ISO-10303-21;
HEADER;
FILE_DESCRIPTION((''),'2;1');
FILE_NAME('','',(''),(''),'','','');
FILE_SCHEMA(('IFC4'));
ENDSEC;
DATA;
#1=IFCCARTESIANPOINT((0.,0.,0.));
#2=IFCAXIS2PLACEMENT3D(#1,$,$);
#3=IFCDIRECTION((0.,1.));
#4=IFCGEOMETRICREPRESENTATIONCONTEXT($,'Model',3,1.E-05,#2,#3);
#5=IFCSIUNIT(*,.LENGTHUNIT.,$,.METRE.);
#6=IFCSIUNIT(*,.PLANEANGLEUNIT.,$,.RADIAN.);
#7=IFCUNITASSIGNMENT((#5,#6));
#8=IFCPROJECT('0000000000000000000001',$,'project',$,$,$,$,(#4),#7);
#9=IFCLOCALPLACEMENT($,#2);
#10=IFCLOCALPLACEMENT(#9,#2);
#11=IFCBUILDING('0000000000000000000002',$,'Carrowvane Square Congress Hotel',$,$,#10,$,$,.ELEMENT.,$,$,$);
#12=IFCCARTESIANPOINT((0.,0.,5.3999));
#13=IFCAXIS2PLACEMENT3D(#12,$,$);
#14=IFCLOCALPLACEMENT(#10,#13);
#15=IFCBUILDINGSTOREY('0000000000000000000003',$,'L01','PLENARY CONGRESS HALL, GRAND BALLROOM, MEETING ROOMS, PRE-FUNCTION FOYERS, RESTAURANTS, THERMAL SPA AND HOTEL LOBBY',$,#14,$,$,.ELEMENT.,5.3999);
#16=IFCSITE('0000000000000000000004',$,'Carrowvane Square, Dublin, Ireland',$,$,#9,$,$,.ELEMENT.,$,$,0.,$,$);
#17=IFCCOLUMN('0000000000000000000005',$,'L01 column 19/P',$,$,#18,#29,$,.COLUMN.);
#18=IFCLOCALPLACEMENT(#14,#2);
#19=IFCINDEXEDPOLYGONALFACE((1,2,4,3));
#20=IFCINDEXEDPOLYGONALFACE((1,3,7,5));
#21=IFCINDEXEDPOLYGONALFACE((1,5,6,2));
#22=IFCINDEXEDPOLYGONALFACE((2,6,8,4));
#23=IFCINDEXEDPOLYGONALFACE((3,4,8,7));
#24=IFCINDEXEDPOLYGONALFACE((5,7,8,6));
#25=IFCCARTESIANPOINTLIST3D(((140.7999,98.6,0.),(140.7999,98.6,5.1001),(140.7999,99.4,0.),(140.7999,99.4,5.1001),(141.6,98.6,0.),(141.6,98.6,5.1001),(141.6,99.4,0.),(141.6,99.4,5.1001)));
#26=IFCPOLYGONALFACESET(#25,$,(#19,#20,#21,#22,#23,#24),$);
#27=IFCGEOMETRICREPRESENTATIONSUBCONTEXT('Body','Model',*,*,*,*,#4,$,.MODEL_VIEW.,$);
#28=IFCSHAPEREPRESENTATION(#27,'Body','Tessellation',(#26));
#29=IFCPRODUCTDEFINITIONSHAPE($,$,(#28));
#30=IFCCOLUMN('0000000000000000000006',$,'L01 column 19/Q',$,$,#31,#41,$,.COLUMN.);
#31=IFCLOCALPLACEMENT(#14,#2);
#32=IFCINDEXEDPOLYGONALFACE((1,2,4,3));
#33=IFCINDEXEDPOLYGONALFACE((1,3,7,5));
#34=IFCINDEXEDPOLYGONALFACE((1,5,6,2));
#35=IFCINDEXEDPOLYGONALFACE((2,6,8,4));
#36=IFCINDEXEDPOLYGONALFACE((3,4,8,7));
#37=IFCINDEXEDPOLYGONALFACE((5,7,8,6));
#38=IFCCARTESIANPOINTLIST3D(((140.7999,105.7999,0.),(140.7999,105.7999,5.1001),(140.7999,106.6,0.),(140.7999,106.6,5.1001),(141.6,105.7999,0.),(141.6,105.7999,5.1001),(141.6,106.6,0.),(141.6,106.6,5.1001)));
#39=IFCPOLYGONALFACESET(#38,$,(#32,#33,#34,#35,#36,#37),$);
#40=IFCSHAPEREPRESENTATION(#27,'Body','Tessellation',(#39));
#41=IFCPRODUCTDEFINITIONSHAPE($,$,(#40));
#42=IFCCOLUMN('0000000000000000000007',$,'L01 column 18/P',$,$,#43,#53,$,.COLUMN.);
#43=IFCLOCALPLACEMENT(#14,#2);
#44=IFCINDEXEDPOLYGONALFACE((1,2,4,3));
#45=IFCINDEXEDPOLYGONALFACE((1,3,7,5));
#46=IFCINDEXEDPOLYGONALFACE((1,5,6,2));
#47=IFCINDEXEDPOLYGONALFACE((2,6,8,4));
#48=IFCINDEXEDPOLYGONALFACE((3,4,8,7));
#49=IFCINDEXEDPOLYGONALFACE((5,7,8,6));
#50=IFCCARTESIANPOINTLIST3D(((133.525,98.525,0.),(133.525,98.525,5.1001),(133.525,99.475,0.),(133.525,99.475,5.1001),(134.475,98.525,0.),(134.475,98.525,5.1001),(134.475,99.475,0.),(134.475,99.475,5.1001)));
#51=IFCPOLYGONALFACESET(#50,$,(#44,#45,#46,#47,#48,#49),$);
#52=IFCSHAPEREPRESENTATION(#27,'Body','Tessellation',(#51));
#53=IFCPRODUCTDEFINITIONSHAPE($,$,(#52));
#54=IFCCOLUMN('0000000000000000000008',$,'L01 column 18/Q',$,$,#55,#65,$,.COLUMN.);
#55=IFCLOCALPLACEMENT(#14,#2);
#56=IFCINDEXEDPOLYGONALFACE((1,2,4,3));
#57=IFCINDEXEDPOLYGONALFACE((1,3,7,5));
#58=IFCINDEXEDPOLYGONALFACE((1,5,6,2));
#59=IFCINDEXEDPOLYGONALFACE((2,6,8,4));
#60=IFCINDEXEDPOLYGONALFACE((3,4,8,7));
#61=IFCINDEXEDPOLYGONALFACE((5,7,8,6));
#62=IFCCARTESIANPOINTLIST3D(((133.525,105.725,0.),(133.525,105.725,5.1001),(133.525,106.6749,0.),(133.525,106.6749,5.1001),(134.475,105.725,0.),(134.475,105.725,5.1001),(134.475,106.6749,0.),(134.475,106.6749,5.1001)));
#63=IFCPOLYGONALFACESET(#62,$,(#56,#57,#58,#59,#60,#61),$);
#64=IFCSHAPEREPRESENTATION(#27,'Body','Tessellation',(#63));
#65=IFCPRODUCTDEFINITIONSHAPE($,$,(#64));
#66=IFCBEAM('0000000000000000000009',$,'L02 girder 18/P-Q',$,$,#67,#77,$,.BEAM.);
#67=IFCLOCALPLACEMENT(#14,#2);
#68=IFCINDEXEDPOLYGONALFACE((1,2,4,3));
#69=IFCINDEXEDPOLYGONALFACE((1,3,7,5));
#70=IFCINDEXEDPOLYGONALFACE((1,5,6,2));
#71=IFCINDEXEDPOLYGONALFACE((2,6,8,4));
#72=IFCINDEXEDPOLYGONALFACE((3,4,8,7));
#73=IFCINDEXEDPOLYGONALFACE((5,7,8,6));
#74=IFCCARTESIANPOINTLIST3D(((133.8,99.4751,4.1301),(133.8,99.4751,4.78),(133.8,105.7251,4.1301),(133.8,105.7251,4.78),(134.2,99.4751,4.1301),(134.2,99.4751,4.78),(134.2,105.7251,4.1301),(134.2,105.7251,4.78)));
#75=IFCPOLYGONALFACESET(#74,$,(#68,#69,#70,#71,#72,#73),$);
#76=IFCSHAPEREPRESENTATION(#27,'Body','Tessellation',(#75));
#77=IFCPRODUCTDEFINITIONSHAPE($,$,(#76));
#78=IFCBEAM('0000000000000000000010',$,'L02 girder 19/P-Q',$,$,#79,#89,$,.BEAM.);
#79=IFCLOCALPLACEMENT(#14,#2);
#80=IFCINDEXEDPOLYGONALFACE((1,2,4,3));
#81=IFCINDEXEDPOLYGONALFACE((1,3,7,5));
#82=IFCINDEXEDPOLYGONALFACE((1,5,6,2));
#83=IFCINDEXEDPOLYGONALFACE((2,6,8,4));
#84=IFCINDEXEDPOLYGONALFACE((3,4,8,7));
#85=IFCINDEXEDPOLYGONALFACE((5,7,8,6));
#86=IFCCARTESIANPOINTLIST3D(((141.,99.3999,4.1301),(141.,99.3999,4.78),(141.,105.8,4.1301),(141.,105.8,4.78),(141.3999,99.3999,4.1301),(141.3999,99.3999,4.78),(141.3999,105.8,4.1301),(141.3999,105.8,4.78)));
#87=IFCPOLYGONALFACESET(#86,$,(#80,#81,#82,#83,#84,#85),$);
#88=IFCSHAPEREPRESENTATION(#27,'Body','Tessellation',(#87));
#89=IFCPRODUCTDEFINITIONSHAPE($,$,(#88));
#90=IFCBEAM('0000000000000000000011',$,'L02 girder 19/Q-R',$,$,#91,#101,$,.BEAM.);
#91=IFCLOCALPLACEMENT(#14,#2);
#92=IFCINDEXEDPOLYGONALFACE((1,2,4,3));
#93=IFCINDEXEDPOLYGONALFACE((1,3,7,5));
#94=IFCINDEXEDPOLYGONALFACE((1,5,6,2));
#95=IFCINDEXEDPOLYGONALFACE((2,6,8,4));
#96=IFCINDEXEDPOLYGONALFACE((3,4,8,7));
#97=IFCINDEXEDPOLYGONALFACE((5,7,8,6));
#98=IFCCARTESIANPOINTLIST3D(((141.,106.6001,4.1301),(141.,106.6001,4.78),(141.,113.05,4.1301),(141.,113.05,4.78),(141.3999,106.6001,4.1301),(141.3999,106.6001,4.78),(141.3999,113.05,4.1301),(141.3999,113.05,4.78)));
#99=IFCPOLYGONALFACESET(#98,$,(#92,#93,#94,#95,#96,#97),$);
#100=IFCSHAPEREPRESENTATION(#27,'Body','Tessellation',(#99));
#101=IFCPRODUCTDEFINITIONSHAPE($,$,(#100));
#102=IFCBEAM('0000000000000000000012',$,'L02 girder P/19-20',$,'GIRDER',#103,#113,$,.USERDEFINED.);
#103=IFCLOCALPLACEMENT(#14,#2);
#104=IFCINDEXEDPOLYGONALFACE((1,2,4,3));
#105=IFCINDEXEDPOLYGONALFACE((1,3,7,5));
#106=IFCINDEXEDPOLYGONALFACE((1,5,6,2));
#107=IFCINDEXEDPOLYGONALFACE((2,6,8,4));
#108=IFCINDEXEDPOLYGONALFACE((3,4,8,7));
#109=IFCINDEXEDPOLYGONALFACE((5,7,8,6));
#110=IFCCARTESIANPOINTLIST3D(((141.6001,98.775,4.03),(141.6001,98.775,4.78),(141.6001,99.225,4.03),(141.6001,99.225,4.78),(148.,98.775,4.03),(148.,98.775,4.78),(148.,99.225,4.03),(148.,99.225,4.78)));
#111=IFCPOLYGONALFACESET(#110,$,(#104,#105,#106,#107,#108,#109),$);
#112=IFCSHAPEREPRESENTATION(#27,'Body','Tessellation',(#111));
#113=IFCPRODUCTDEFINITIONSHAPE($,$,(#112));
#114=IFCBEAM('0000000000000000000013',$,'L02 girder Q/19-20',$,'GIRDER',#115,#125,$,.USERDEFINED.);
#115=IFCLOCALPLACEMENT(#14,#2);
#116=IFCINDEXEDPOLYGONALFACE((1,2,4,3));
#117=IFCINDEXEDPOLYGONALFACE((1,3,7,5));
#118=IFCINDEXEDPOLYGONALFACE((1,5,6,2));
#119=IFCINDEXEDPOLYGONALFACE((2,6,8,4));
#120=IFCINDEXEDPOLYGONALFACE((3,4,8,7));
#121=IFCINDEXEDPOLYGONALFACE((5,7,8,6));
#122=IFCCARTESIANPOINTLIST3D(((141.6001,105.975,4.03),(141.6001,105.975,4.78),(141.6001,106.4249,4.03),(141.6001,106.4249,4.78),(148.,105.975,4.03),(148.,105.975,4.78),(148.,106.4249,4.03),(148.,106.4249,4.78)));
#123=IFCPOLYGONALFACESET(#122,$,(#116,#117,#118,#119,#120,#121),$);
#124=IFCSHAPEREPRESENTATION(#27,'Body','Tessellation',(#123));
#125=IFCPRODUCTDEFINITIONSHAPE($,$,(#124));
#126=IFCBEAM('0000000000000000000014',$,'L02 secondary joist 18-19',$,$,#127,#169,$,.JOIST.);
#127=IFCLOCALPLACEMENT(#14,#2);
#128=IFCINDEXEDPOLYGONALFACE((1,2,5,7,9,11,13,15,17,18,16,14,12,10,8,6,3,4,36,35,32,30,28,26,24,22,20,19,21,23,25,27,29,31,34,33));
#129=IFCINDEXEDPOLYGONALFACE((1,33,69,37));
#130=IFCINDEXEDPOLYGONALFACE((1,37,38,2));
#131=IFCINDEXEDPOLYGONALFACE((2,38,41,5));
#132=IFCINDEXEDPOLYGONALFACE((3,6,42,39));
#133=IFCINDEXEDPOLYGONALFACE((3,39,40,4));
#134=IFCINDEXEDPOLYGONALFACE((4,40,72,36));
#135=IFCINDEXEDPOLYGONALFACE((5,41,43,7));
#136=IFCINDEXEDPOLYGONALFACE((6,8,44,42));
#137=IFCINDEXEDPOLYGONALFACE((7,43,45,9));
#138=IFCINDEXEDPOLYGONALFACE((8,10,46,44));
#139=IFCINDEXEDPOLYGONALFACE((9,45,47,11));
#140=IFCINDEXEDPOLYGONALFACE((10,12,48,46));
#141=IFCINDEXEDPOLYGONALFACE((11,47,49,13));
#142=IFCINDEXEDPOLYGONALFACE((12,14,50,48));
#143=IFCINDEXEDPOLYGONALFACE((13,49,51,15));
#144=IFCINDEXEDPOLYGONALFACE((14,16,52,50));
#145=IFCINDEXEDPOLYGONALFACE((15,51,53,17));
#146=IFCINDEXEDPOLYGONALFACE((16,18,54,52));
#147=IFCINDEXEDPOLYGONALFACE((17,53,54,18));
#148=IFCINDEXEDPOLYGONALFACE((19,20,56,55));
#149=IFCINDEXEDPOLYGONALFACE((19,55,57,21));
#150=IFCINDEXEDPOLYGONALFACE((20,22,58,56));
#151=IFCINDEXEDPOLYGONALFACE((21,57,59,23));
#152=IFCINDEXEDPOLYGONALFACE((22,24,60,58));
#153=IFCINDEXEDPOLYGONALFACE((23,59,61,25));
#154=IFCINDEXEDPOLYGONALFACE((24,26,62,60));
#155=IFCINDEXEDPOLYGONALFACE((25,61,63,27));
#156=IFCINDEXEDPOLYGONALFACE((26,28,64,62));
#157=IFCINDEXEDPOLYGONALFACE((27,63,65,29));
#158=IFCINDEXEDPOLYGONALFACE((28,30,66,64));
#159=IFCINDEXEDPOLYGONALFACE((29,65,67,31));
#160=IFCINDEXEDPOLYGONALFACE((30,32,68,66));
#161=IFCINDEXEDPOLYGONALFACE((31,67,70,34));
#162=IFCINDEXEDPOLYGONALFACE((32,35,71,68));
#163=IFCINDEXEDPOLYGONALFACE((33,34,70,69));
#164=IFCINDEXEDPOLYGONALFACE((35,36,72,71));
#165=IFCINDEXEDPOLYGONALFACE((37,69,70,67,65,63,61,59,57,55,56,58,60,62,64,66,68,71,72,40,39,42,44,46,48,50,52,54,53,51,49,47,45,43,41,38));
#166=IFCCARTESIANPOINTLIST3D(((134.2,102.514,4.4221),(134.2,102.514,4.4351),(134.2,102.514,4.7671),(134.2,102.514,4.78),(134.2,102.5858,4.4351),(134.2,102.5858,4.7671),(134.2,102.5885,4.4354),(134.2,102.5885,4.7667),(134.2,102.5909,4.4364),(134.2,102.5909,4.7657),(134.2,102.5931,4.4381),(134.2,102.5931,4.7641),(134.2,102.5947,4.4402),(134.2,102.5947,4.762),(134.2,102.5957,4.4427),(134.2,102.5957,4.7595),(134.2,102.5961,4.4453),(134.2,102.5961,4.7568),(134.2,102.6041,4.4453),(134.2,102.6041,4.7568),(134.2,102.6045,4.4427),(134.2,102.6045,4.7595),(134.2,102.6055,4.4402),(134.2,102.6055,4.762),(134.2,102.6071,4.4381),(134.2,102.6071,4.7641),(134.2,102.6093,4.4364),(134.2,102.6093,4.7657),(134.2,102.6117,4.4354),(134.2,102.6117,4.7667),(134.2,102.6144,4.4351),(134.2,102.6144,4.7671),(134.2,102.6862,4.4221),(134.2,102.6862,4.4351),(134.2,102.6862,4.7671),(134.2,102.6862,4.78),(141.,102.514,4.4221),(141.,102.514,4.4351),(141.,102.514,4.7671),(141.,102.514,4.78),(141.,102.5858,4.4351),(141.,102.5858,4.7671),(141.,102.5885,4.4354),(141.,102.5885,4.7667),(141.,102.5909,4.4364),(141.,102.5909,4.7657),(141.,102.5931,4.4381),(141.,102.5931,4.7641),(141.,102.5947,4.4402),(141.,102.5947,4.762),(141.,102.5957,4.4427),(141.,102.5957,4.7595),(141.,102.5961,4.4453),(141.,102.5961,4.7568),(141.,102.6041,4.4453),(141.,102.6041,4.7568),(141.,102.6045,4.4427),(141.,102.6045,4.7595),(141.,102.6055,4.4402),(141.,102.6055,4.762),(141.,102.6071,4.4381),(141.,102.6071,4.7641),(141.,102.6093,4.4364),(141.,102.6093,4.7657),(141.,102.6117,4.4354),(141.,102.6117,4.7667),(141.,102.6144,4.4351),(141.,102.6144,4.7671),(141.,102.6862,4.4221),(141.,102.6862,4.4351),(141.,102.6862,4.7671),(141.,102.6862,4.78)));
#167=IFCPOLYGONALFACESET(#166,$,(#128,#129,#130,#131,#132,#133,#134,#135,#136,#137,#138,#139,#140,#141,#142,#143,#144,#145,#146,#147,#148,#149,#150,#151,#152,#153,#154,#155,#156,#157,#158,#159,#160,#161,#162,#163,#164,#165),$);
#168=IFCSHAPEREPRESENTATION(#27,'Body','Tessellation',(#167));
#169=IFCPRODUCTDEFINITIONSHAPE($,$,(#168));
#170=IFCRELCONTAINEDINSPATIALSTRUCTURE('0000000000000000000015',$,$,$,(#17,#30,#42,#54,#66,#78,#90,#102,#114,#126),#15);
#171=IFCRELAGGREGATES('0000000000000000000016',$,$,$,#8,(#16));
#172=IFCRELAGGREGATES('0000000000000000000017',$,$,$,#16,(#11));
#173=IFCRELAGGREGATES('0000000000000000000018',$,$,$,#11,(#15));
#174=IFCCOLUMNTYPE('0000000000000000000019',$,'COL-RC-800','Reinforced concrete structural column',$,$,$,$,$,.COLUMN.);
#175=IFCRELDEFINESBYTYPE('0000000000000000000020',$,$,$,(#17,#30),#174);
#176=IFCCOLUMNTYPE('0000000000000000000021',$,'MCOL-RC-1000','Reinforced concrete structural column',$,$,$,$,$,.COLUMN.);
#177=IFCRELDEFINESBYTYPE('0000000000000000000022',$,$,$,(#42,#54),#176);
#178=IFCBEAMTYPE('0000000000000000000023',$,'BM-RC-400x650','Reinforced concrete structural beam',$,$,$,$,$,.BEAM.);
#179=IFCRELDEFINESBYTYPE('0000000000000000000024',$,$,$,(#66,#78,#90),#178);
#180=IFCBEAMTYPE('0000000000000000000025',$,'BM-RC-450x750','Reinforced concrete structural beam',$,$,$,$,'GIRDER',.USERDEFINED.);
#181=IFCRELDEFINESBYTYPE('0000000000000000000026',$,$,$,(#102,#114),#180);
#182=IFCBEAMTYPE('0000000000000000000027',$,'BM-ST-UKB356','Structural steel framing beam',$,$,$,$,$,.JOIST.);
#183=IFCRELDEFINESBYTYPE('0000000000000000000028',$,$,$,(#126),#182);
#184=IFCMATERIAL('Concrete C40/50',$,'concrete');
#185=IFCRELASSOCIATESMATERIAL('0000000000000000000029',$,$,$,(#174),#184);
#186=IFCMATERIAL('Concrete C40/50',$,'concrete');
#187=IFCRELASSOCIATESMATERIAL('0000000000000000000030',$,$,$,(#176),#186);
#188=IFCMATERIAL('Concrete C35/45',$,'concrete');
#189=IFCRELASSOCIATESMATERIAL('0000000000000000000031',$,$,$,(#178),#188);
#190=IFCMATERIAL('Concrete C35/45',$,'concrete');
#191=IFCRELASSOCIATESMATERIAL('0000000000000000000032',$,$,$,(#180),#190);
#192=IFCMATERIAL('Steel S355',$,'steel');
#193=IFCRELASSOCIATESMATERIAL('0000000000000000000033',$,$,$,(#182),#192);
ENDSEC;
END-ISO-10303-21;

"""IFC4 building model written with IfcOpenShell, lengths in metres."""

from ifc_helpers import new_model, si_unit, direction, frame, origin, origin_2d, place, context, subcontext, project, spatial, rectangle, i_section, extrude, material, material_profile, profile_set, type_object, element, save


model = new_model("IFC4")

# Units and contexts
model_context = context("Model", 3, precision=1e-05, world=origin(), true_north=direction((0.0, 1.0)))
body_context = subcontext(model_context, "Body", "Model", "MODEL_VIEW")
ifc_project = project(units=[si_unit("LENGTHUNIT", "METRE"), si_unit("PLANEANGLEUNIT", "RADIAN")], contexts=[model_context])

# Site, building, storey
site_placement = place(None, origin())
site = spatial("IfcSite", under=ifc_project, at=site_placement, Name="Carrowvane Square, Dublin, Ireland", CompositionType="ELEMENT", RefElevation=0.0)
building_placement = place(site_placement, origin())
building = spatial("IfcBuilding", under=site, at=building_placement, Name="Carrowvane Square Congress Hotel", CompositionType="ELEMENT")
storey_placement = place(building_placement, frame((0.0, 0.0, 5.3999)))
storey = spatial("IfcBuildingStorey", under=building, at=storey_placement, Name="L01", Description="PLENARY CONGRESS HALL, GRAND BALLROOM, MEETING ROOMS, PRE-FUNCTION FOYERS, RESTAURANTS, THERMAL SPA AND HOTEL LOBBY", CompositionType="ELEMENT", Elevation=5.3999)

# Columns
ifc_material_1 = material(Name="Concrete C40/50", Category="concrete")
ifc_material_profile_1 = material_profile(ifc_material_1, rectangle(XDim=0.8, YDim=0.8, at=origin_2d()), Name="RC 800x800")
ifc_profile_set_1 = profile_set([ifc_material_profile_1], Name="Concrete C40/50")
column_type_1 = type_object("IfcColumnType", Name="COL-RC-800", Description="Reinforced concrete structural column", PredefinedType="COLUMN", material=ifc_profile_set_1)
for number, where, z_axis, x_axis, name in (
    (1, (141.2, 99.0, 0.0), (0.0, 0.0, 1.0), (1.0, 0.0, 0.0), "L01 column 19/P"),
    (2, (141.2, 106.2, 0.0), (0.0, 0.0, 1.0), (1.0, 0.0, 0.0), "L01 column 19/Q"),
):
    element("IfcColumn", number, at=place(storey_placement, frame(where, z_axis=z_axis, x_axis=x_axis)), inside=storey, type_object=column_type_1, Name=name, PredefinedType="COLUMN", context=body_context, shape_type="SweptSolid", body=[
        extrude(rectangle(XDim=0.8, YDim=0.8, at=origin_2d()), origin(), (0.0, 0.0, 1.0), 5.1001),
    ])
ifc_material_2 = material(Name="Concrete C40/50", Category="concrete")
ifc_material_profile_2 = material_profile(ifc_material_2, rectangle(XDim=0.95, YDim=0.95, at=origin_2d()), Name="RC 950x950")
ifc_profile_set_2 = profile_set([ifc_material_profile_2], Name="Concrete C40/50")
column_type_2 = type_object("IfcColumnType", Name="MCOL-RC-1000", Description="Reinforced concrete structural column", PredefinedType="COLUMN", material=ifc_profile_set_2)
for number, where, z_axis, x_axis, name in (
    (3, (134.0, 99.0, 0.0), (0.0, 0.0, 1.0), (1.0, 0.0, 0.0), "L01 column 18/P"),
    (4, (134.0, 106.2, 0.0), (0.0, 0.0, 1.0), (1.0, 0.0, 0.0), "L01 column 18/Q"),
):
    element("IfcColumn", number, at=place(storey_placement, frame(where, z_axis=z_axis, x_axis=x_axis)), inside=storey, type_object=column_type_2, Name=name, PredefinedType="COLUMN", context=body_context, shape_type="SweptSolid", body=[
        extrude(rectangle(XDim=0.95, YDim=0.95, at=origin_2d()), origin(), (0.0, 0.0, 1.0), 5.1001),
    ])

# Beams
ifc_material_3 = material(Name="Concrete C35/45", Category="concrete")
ifc_material_profile_3 = material_profile(ifc_material_3, rectangle(XDim=0.3999, YDim=0.6499, at=origin_2d()), Name="RC 400x650")
ifc_profile_set_3 = profile_set([ifc_material_profile_3], Name="Concrete C35/45")
beam_type_1 = type_object("IfcBeamType", Name="BM-RC-400x650", Description="Reinforced concrete structural beam", PredefinedType="BEAM", material=ifc_profile_set_3)
beam_1_placement = place(storey_placement, frame((134.0, 99.4751, 4.4551), z_axis=(0.0, 1.0, 0.0), x_axis=(-1.0, 0.0, 0.0)))
element("IfcBeam", 5, at=beam_1_placement, inside=storey, type_object=beam_type_1, Name="L02 girder 18/P-Q", PredefinedType="BEAM", context=body_context, shape_type="SweptSolid", body=[
    extrude(rectangle(XDim=0.3999, YDim=0.6499, at=origin_2d()), origin(), (0.0, 0.0, 1.0), 6.25),
])
beam_2_placement = place(storey_placement, frame((141.2, 99.3999, 4.4551), z_axis=(0.0, 1.0, 0.0), x_axis=(-1.0, 0.0, 0.0)))
element("IfcBeam", 6, at=beam_2_placement, inside=storey, type_object=beam_type_1, Name="L02 girder 19/P-Q", PredefinedType="BEAM", context=body_context, shape_type="SweptSolid", body=[
    extrude(rectangle(XDim=0.3999, YDim=0.6499, at=origin_2d()), origin(), (0.0, 0.0, 1.0), 6.4001),
])
beam_3_placement = place(storey_placement, frame((141.2, 106.6001, 4.4551), z_axis=(0.0, 1.0, 0.0), x_axis=(-1.0, 0.0, 0.0)))
element("IfcBeam", 7, at=beam_3_placement, inside=storey, type_object=beam_type_1, Name="L02 girder 19/Q-R", PredefinedType="BEAM", context=body_context, shape_type="SweptSolid", body=[
    extrude(rectangle(XDim=0.3999, YDim=0.6499, at=origin_2d()), origin(), (0.0, 0.0, 1.0), 6.45),
])
ifc_material_4 = material(Name="Concrete C35/45", Category="concrete")
ifc_material_profile_4 = material_profile(ifc_material_4, rectangle(XDim=0.45, YDim=0.75, at=origin_2d()), Name="RC 450x750")
ifc_profile_set_4 = profile_set([ifc_material_profile_4], Name="Concrete C35/45")
beam_type_2 = type_object("IfcBeamType", Name="BM-RC-450x750", Description="Reinforced concrete structural beam", ElementType="GIRDER", PredefinedType="USERDEFINED", material=ifc_profile_set_4)
for number, where, z_axis, x_axis, name in (
    (8, (141.6001, 99.0, 4.405), (1.0, 0.0, 0.0), (0.0, 1.0, 0.0), "L02 girder P/19-20"),
    (9, (141.6001, 106.2, 4.405), (1.0, 0.0, 0.0), (0.0, 1.0, 0.0), "L02 girder Q/19-20"),
):
    element("IfcBeam", number, at=place(storey_placement, frame(where, z_axis=z_axis, x_axis=x_axis)), inside=storey, type_object=beam_type_2, Name=name, ObjectType="GIRDER", PredefinedType="USERDEFINED", context=body_context, shape_type="SweptSolid", body=[
        extrude(rectangle(XDim=0.45, YDim=0.75, at=origin_2d()), origin(), (0.0, 0.0, 1.0), 6.3999),
    ])
ifc_material_5 = material(Name="Steel S355", Category="steel")
ifc_material_profile_5 = material_profile(ifc_material_5, i_section(OverallWidth=0.1721, OverallDepth=0.3579, WebThickness=0.0081, FlangeThickness=0.0129, FilletRadius=0.0103, at=origin_2d()), Name="UKB 356x171x57")
ifc_profile_set_5 = profile_set([ifc_material_profile_5], Name="Steel S355")
beam_type_3 = type_object("IfcBeamType", Name="BM-ST-UKB356", Description="Structural steel framing beam", PredefinedType="JOIST", material=ifc_profile_set_5)
for number, where, z_axis, x_axis, name in (
    (10, (134.2, 102.6001, 4.6011), (1.0, 0.0, 0.0), (0.0, 1.0, 0.0), "L02 secondary joist 18-19"),
):
    element("IfcBeam", number, at=place(storey_placement, frame(where, z_axis=z_axis, x_axis=x_axis)), inside=storey, type_object=beam_type_3, Name=name, PredefinedType="JOIST", context=body_context, shape_type="SweptSolid", body=[
        extrude(i_section(OverallWidth=0.1721, OverallDepth=0.3579, WebThickness=0.0081, FlangeThickness=0.0129, FilletRadius=0.0103, at=origin_2d()), origin(), (0.0, 0.0, 1.0), 6.8),
    ])

save(model, "model.ifc")
